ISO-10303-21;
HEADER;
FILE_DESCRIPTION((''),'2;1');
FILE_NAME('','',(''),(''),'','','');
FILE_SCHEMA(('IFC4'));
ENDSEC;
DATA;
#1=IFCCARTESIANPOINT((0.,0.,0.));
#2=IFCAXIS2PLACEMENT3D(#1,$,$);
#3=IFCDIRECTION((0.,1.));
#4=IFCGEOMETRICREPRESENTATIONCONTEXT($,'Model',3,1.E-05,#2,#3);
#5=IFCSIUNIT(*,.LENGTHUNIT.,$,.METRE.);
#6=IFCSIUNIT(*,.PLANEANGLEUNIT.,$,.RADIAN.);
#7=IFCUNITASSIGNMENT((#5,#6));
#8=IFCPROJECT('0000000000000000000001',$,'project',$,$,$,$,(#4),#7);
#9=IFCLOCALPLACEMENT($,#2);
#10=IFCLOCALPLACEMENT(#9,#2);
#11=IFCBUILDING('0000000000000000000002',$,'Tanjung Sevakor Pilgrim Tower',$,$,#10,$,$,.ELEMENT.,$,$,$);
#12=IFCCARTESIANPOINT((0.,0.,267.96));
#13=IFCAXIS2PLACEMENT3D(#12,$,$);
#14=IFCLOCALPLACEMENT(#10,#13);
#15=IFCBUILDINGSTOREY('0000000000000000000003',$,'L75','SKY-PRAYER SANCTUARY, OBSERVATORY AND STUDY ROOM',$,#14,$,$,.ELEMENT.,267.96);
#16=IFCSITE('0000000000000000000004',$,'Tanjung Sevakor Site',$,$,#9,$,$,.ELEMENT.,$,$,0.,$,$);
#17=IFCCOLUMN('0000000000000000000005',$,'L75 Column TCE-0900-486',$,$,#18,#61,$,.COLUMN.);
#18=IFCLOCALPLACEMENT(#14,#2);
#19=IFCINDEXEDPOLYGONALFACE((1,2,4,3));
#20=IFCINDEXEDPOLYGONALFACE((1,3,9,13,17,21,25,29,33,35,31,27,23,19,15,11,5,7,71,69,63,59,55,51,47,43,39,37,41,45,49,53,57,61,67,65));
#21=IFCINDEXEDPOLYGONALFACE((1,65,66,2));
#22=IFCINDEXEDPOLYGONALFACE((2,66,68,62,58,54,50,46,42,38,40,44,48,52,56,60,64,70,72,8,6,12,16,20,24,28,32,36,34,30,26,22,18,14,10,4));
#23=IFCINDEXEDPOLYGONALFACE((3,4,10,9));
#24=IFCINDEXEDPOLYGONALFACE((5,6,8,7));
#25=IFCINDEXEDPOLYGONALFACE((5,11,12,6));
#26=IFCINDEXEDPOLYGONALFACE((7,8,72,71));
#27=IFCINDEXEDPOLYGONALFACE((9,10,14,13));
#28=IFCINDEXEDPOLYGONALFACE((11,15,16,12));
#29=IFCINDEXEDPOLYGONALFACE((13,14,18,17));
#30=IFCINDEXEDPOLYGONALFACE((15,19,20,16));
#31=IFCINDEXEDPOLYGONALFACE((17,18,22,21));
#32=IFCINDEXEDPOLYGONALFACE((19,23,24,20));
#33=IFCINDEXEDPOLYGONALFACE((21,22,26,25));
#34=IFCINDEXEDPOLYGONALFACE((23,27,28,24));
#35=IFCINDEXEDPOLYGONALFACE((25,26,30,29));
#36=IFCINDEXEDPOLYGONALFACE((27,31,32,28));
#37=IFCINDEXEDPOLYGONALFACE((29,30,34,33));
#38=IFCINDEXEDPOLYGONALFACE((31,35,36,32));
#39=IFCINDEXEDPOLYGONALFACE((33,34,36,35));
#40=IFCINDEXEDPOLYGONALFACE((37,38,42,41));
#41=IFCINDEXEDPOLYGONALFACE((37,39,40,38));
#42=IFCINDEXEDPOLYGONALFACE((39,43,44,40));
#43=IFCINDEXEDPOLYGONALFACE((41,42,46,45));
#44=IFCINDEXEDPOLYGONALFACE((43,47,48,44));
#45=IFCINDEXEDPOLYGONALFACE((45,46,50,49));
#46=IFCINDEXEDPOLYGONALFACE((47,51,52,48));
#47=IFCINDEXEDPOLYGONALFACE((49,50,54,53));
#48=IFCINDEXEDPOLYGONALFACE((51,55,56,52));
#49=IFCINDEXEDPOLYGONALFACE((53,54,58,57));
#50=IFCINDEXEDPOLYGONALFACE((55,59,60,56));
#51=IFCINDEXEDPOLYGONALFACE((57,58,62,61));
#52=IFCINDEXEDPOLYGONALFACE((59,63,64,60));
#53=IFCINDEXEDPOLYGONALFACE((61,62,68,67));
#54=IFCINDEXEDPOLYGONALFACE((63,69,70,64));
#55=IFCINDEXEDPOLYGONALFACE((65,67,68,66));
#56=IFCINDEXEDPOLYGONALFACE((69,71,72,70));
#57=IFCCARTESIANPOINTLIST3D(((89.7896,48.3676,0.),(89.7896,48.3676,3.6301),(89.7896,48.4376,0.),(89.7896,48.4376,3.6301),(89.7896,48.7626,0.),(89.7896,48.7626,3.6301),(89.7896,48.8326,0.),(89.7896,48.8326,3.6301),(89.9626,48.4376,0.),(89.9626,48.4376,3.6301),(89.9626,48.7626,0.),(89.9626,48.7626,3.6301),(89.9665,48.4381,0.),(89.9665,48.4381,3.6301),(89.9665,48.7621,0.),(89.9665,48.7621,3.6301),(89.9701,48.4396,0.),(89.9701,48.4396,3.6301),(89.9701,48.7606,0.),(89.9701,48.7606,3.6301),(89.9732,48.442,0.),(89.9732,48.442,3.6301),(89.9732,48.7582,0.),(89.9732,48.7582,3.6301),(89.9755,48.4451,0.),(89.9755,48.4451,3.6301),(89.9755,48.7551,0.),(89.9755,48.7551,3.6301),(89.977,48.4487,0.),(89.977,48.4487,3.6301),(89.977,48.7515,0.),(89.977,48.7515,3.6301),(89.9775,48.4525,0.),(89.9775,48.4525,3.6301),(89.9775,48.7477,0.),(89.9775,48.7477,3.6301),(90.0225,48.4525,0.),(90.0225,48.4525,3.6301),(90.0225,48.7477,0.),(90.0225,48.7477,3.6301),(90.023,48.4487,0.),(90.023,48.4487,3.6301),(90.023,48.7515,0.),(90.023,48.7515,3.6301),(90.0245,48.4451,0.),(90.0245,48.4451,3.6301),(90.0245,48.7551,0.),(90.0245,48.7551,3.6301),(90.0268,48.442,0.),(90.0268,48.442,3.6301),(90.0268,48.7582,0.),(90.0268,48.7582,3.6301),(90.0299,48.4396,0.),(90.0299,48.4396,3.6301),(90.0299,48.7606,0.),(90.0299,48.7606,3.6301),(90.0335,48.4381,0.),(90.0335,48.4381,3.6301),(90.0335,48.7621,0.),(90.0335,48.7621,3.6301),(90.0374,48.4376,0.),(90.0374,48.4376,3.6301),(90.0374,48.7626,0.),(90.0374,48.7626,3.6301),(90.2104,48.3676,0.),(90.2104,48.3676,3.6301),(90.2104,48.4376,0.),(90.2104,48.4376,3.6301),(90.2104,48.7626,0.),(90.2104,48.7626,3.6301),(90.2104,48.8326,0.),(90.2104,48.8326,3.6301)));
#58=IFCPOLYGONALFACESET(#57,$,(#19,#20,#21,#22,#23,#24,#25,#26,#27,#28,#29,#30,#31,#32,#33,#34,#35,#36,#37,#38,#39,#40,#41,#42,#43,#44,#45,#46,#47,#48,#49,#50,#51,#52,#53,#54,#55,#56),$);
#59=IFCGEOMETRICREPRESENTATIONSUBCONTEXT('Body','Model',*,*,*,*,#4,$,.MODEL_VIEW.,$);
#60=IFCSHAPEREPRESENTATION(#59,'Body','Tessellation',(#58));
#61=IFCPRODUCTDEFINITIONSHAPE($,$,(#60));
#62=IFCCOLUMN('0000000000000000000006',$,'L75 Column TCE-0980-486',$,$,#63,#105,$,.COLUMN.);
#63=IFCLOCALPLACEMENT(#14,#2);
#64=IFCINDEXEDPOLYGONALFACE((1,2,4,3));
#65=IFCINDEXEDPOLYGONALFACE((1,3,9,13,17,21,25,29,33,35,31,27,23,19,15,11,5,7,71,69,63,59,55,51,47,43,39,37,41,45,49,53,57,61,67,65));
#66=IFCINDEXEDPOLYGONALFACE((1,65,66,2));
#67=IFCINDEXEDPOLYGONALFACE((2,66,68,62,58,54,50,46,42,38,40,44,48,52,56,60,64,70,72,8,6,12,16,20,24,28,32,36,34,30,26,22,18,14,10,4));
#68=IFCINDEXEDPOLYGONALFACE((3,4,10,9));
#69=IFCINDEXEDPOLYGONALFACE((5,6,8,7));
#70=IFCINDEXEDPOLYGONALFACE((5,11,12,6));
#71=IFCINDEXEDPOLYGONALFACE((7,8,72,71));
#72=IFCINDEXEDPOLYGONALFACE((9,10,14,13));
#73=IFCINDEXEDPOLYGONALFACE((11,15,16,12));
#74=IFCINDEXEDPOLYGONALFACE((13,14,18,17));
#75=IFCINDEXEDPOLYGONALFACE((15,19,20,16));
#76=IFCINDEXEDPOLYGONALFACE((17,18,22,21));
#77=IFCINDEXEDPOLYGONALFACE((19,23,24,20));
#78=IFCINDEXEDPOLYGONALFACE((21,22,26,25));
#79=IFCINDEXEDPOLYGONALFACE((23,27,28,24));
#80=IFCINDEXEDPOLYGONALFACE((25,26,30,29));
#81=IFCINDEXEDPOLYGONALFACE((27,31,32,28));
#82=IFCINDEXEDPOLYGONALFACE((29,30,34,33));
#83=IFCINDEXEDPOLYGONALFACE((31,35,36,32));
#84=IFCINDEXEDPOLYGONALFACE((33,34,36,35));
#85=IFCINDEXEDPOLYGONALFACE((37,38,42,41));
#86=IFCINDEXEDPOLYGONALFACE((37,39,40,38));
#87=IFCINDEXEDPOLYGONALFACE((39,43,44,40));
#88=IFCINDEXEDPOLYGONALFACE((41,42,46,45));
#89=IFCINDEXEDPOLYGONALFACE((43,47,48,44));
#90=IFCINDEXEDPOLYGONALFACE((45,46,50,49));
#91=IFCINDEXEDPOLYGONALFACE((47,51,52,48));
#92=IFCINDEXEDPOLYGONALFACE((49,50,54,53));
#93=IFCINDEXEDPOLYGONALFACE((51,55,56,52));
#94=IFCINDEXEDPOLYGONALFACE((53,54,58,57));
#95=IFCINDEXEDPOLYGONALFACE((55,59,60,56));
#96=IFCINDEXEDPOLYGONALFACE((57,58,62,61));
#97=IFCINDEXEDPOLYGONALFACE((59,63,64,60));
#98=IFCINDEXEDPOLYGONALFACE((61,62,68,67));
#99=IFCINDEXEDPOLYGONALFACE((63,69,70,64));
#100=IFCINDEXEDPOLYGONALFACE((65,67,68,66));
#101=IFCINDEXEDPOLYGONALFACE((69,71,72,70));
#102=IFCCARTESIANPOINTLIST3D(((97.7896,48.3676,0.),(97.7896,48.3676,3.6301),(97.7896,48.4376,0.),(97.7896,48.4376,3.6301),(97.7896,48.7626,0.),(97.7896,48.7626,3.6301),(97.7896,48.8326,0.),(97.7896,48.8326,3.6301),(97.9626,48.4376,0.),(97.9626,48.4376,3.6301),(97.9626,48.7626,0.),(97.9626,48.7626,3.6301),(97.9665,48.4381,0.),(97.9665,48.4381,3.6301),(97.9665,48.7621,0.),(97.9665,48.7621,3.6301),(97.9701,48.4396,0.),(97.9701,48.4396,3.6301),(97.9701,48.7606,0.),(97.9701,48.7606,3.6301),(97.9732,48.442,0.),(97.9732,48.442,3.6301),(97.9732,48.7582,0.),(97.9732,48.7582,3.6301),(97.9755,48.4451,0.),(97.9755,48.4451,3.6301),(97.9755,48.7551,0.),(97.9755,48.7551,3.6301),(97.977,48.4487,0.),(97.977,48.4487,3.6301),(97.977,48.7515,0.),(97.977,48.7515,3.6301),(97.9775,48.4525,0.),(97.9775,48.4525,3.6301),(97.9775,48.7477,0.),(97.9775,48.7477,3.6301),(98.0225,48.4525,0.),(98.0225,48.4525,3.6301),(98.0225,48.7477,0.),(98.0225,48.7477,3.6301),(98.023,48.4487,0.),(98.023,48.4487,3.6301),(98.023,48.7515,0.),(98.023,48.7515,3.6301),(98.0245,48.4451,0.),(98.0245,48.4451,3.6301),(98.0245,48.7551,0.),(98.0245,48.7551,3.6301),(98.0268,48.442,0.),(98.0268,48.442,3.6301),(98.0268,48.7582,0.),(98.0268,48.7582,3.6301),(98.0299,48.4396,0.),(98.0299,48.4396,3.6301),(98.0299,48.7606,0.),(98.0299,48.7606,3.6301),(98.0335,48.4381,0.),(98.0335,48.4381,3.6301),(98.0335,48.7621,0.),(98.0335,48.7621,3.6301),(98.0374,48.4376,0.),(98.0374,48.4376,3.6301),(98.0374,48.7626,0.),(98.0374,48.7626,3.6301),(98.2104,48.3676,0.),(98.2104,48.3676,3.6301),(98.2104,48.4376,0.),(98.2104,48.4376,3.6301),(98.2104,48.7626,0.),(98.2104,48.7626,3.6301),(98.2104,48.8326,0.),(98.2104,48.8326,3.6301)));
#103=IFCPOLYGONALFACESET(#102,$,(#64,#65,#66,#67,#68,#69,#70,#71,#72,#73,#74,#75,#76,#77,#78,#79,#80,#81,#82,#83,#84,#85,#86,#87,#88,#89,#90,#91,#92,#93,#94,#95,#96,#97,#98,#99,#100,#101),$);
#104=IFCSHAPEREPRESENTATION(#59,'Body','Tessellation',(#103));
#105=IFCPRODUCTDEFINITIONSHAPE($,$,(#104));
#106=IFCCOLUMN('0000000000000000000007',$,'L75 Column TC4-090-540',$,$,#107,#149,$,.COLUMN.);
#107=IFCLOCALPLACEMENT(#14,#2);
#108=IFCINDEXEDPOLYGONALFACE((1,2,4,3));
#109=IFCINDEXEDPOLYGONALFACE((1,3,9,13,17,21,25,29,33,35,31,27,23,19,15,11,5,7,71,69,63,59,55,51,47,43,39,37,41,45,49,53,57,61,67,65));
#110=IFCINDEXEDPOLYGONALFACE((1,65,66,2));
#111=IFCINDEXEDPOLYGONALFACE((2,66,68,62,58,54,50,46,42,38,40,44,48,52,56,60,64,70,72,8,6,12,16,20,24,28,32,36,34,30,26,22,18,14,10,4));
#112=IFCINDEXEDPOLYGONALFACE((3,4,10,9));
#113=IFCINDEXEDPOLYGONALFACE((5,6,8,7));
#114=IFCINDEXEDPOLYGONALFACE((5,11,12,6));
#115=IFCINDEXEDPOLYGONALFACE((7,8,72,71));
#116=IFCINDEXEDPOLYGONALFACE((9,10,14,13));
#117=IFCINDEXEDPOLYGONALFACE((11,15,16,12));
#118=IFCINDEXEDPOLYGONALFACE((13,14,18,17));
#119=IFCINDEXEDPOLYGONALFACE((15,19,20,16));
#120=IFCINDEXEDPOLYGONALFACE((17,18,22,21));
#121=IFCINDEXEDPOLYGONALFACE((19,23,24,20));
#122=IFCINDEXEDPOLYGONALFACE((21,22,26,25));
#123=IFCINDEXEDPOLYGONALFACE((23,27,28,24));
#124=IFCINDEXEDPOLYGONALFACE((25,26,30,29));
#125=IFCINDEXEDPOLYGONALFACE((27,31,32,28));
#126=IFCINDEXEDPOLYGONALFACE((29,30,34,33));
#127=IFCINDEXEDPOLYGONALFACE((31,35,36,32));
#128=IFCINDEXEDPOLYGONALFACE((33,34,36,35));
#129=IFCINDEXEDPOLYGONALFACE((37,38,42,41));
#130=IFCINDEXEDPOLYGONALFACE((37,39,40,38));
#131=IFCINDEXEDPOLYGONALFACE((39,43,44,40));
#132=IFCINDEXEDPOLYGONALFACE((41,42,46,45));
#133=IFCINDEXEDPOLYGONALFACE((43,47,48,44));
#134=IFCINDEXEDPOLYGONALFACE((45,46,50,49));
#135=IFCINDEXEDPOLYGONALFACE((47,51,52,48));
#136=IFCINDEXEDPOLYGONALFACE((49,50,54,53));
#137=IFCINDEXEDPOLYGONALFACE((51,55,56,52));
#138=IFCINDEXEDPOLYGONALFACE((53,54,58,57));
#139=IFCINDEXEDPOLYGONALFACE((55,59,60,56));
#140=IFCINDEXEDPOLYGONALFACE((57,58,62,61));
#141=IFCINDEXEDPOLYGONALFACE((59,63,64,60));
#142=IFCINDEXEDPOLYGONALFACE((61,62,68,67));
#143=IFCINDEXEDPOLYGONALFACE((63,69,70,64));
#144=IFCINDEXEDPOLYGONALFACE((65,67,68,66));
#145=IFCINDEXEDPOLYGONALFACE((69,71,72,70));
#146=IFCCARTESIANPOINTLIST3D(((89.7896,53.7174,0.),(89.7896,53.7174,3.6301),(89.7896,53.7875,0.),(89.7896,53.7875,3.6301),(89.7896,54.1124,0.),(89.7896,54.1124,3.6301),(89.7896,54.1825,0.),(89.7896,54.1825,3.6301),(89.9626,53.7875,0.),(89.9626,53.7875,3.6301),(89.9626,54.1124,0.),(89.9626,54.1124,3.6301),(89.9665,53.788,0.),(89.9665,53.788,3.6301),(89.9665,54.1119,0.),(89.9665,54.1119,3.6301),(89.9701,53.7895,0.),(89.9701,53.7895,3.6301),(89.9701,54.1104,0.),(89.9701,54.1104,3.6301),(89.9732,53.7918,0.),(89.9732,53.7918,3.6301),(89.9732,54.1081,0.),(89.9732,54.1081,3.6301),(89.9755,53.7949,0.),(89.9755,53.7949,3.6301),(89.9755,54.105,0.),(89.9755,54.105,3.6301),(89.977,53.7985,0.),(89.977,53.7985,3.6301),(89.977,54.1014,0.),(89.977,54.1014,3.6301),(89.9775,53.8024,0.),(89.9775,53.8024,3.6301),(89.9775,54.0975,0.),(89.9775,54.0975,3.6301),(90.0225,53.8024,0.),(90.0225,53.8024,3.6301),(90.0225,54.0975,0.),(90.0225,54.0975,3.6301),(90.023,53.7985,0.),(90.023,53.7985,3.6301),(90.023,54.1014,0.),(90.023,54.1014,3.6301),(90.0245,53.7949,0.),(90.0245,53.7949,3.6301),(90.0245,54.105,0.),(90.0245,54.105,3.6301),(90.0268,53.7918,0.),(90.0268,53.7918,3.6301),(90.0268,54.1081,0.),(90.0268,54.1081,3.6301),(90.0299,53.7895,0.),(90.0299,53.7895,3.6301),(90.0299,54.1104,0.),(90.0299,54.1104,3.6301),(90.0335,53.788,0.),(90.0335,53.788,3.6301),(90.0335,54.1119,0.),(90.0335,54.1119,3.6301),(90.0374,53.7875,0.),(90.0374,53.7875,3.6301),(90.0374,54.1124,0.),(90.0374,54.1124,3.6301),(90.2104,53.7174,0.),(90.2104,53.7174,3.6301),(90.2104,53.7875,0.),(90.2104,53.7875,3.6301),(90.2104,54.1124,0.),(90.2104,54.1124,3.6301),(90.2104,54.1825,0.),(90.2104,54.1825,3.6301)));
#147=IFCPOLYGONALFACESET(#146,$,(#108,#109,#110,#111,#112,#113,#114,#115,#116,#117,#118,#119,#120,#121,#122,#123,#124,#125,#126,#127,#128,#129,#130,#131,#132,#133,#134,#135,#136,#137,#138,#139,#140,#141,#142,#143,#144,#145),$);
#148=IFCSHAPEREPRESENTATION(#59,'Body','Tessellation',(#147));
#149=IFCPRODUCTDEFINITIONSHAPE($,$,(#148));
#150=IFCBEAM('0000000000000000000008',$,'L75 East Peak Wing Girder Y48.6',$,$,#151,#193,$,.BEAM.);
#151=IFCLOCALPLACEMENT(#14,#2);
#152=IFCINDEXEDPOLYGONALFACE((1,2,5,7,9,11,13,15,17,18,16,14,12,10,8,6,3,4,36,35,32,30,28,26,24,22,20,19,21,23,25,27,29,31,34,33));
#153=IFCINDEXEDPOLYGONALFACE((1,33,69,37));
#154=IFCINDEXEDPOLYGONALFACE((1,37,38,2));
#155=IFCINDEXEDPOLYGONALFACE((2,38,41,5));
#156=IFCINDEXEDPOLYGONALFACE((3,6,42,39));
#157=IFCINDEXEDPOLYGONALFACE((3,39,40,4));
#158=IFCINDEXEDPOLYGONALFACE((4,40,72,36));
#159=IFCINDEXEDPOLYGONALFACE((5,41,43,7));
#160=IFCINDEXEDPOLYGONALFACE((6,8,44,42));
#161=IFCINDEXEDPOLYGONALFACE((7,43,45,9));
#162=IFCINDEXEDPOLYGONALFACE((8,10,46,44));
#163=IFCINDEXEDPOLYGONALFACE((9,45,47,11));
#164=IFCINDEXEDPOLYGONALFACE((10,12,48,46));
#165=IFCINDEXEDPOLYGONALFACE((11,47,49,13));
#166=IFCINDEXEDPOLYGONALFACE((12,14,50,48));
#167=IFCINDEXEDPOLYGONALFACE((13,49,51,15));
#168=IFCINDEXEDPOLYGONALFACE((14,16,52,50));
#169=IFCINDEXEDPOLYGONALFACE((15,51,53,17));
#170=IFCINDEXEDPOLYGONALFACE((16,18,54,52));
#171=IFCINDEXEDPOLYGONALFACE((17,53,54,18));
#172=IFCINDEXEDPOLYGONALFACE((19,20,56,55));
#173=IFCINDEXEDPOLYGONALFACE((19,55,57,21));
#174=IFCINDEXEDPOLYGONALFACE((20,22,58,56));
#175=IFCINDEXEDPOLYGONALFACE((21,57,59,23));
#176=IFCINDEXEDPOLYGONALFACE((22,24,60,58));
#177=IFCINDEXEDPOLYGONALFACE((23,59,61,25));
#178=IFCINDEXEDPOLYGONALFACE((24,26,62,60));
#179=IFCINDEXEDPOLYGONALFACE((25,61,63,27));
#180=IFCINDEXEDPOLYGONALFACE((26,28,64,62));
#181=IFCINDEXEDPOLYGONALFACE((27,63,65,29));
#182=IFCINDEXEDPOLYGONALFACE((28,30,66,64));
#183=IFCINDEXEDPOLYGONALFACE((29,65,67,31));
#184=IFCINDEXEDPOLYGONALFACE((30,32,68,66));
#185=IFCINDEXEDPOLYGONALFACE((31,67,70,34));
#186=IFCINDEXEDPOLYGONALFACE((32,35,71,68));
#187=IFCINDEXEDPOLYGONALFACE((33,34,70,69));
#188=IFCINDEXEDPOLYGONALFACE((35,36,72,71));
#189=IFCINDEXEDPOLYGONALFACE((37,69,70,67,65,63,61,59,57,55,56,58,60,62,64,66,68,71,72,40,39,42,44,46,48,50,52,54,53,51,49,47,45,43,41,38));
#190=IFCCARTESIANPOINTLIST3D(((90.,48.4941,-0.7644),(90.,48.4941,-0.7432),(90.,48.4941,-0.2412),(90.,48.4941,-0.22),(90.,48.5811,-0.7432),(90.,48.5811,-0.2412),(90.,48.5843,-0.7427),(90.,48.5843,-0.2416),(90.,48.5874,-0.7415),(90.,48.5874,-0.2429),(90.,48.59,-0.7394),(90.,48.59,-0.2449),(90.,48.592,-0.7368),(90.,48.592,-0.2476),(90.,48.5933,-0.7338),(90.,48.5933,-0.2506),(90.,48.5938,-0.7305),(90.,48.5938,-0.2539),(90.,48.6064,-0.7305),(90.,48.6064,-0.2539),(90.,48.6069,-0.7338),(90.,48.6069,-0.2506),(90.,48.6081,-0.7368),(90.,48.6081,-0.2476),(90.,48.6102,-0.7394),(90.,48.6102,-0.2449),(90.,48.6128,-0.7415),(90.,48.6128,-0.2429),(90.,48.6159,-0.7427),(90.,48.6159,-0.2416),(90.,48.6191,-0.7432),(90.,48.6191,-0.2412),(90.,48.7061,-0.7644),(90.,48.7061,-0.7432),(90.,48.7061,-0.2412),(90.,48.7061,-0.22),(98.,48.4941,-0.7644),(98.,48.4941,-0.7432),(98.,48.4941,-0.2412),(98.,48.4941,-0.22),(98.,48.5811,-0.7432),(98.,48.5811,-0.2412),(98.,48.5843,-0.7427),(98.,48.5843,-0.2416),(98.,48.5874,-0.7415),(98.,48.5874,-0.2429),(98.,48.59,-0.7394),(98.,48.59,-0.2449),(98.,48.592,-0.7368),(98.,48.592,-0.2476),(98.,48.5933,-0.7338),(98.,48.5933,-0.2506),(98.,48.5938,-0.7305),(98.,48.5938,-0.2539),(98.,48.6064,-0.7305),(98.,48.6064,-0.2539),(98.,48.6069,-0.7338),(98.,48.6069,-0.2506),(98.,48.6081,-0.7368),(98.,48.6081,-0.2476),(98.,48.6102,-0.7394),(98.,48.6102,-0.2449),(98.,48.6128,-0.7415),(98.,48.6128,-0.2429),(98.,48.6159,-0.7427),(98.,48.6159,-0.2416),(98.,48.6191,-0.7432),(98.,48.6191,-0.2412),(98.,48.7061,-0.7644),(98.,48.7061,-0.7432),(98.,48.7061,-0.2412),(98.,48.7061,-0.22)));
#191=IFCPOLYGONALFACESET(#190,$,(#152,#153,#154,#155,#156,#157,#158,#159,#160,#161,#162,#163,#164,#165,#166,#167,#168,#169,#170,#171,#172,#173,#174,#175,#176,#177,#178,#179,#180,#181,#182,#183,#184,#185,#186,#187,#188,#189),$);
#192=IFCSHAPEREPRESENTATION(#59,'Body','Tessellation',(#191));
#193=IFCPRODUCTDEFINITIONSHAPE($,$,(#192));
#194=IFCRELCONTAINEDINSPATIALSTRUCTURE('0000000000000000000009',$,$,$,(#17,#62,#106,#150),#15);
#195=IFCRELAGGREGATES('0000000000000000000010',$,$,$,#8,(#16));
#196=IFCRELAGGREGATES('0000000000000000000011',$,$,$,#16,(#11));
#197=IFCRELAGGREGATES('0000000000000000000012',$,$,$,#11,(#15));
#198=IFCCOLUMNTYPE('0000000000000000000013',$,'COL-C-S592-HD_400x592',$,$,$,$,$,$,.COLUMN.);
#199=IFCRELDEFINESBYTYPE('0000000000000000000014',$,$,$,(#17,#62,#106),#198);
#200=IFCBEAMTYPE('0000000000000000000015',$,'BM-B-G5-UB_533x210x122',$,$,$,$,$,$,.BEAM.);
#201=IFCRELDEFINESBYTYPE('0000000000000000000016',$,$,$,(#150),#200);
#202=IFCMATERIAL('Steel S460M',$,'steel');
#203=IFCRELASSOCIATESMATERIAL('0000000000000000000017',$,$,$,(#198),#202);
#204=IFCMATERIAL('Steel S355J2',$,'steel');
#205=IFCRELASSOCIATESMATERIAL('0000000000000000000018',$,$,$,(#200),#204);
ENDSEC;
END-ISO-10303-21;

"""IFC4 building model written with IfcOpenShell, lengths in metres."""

from ifc_helpers import new_model, si_unit, direction, frame, origin, origin_2d, place, context, subcontext, project, spatial, i_section, extrude, material, material_profile, profile_set, type_object, element, save


model = new_model("IFC4")

# Units and contexts
model_context = context("Model", 3, precision=1e-05, world=origin(), true_north=direction((0.0, 1.0)))
body_context = subcontext(model_context, "Body", "Model", "MODEL_VIEW")
ifc_project = project(units=[si_unit("LENGTHUNIT", "METRE"), si_unit("PLANEANGLEUNIT", "RADIAN")], contexts=[model_context])

# Site, building, storey
site_placement = place(None, origin())
site = spatial("IfcSite", under=ifc_project, at=site_placement, Name="Tanjung Sevakor Site", CompositionType="ELEMENT", RefElevation=0.0)
building_placement = place(site_placement, origin())
building = spatial("IfcBuilding", under=site, at=building_placement, Name="Tanjung Sevakor Pilgrim Tower", CompositionType="ELEMENT")
storey_placement = place(building_placement, frame((0.0, 0.0, 267.96)))
storey = spatial("IfcBuildingStorey", under=building, at=storey_placement, Name="L75", Description="SKY-PRAYER SANCTUARY, OBSERVATORY AND STUDY ROOM", CompositionType="ELEMENT", Elevation=267.96)

# Columns
ifc_material_1 = material(Name="Steel S460M", Category="steel")
ifc_material_profile_1 = material_profile(ifc_material_1, i_section(OverallWidth=0.4209, OverallDepth=0.4651, WebThickness=0.0449, FlangeThickness=0.0701, FilletRadius=0.0149, at=origin_2d()))
ifc_profile_set_1 = profile_set([ifc_material_profile_1], Name="Steel S460M")
column_type = type_object("IfcColumnType", Name="COL-C-S592-HD_400x592", PredefinedType="COLUMN", material=ifc_profile_set_1)
for number, where, z_axis, x_axis, name in (
    (1, (90.0, 48.6001, 0.0), (0.0, 0.0, 1.0), (1.0, 0.0, 0.0), "L75 Column TCE-0900-486"),
    (2, (98.0, 48.6001, 0.0), (0.0, 0.0, 1.0), (1.0, 0.0, 0.0), "L75 Column TCE-0980-486"),
    (3, (90.0, 53.95, 0.0), (0.0, 0.0, 1.0), (1.0, 0.0, 0.0), "L75 Column TC4-090-540"),
):
    element("IfcColumn", number, at=place(storey_placement, frame(where, z_axis=z_axis, x_axis=x_axis)), inside=storey, type_object=column_type, Name=name, PredefinedType="COLUMN", context=body_context, shape_type="SweptSolid", body=[
        extrude(i_section(OverallWidth=0.4209, OverallDepth=0.4651, WebThickness=0.0449, FlangeThickness=0.0701, FilletRadius=0.0149, at=origin_2d()), origin(), (0.0, 0.0, 1.0), 3.6301),
    ])

# Beam
ifc_material_2 = material(Name="Steel S355J2", Category="steel")
ifc_material_profile_2 = material_profile(ifc_material_2, i_section(OverallWidth=0.2119, OverallDepth=0.5444, WebThickness=0.0127, FlangeThickness=0.0212, FilletRadius=0.0127, at=origin_2d()))
ifc_profile_set_2 = profile_set([ifc_material_profile_2], Name="Steel S355J2")
beam_type = type_object("IfcBeamType", Name="BM-B-G5-UB_533x210x122", PredefinedType="BEAM", material=ifc_profile_set_2)
beam_placement = place(storey_placement, frame((90.0, 48.6001, -0.4922), z_axis=(1.0, 0.0, 0.0), x_axis=(0.0, 1.0, 0.0)))
element("IfcBeam", 4, at=beam_placement, inside=storey, type_object=beam_type, Name="L75 East Peak Wing Girder Y48.6", PredefinedType="BEAM", context=body_context, shape_type="SweptSolid", body=[
    extrude(i_section(OverallWidth=0.2119, OverallDepth=0.5444, WebThickness=0.0127, FlangeThickness=0.0212, FilletRadius=0.0127, at=origin_2d()), origin(), (0.0, 0.0, 1.0), 8.0),
])

save(model, "model.ifc")
